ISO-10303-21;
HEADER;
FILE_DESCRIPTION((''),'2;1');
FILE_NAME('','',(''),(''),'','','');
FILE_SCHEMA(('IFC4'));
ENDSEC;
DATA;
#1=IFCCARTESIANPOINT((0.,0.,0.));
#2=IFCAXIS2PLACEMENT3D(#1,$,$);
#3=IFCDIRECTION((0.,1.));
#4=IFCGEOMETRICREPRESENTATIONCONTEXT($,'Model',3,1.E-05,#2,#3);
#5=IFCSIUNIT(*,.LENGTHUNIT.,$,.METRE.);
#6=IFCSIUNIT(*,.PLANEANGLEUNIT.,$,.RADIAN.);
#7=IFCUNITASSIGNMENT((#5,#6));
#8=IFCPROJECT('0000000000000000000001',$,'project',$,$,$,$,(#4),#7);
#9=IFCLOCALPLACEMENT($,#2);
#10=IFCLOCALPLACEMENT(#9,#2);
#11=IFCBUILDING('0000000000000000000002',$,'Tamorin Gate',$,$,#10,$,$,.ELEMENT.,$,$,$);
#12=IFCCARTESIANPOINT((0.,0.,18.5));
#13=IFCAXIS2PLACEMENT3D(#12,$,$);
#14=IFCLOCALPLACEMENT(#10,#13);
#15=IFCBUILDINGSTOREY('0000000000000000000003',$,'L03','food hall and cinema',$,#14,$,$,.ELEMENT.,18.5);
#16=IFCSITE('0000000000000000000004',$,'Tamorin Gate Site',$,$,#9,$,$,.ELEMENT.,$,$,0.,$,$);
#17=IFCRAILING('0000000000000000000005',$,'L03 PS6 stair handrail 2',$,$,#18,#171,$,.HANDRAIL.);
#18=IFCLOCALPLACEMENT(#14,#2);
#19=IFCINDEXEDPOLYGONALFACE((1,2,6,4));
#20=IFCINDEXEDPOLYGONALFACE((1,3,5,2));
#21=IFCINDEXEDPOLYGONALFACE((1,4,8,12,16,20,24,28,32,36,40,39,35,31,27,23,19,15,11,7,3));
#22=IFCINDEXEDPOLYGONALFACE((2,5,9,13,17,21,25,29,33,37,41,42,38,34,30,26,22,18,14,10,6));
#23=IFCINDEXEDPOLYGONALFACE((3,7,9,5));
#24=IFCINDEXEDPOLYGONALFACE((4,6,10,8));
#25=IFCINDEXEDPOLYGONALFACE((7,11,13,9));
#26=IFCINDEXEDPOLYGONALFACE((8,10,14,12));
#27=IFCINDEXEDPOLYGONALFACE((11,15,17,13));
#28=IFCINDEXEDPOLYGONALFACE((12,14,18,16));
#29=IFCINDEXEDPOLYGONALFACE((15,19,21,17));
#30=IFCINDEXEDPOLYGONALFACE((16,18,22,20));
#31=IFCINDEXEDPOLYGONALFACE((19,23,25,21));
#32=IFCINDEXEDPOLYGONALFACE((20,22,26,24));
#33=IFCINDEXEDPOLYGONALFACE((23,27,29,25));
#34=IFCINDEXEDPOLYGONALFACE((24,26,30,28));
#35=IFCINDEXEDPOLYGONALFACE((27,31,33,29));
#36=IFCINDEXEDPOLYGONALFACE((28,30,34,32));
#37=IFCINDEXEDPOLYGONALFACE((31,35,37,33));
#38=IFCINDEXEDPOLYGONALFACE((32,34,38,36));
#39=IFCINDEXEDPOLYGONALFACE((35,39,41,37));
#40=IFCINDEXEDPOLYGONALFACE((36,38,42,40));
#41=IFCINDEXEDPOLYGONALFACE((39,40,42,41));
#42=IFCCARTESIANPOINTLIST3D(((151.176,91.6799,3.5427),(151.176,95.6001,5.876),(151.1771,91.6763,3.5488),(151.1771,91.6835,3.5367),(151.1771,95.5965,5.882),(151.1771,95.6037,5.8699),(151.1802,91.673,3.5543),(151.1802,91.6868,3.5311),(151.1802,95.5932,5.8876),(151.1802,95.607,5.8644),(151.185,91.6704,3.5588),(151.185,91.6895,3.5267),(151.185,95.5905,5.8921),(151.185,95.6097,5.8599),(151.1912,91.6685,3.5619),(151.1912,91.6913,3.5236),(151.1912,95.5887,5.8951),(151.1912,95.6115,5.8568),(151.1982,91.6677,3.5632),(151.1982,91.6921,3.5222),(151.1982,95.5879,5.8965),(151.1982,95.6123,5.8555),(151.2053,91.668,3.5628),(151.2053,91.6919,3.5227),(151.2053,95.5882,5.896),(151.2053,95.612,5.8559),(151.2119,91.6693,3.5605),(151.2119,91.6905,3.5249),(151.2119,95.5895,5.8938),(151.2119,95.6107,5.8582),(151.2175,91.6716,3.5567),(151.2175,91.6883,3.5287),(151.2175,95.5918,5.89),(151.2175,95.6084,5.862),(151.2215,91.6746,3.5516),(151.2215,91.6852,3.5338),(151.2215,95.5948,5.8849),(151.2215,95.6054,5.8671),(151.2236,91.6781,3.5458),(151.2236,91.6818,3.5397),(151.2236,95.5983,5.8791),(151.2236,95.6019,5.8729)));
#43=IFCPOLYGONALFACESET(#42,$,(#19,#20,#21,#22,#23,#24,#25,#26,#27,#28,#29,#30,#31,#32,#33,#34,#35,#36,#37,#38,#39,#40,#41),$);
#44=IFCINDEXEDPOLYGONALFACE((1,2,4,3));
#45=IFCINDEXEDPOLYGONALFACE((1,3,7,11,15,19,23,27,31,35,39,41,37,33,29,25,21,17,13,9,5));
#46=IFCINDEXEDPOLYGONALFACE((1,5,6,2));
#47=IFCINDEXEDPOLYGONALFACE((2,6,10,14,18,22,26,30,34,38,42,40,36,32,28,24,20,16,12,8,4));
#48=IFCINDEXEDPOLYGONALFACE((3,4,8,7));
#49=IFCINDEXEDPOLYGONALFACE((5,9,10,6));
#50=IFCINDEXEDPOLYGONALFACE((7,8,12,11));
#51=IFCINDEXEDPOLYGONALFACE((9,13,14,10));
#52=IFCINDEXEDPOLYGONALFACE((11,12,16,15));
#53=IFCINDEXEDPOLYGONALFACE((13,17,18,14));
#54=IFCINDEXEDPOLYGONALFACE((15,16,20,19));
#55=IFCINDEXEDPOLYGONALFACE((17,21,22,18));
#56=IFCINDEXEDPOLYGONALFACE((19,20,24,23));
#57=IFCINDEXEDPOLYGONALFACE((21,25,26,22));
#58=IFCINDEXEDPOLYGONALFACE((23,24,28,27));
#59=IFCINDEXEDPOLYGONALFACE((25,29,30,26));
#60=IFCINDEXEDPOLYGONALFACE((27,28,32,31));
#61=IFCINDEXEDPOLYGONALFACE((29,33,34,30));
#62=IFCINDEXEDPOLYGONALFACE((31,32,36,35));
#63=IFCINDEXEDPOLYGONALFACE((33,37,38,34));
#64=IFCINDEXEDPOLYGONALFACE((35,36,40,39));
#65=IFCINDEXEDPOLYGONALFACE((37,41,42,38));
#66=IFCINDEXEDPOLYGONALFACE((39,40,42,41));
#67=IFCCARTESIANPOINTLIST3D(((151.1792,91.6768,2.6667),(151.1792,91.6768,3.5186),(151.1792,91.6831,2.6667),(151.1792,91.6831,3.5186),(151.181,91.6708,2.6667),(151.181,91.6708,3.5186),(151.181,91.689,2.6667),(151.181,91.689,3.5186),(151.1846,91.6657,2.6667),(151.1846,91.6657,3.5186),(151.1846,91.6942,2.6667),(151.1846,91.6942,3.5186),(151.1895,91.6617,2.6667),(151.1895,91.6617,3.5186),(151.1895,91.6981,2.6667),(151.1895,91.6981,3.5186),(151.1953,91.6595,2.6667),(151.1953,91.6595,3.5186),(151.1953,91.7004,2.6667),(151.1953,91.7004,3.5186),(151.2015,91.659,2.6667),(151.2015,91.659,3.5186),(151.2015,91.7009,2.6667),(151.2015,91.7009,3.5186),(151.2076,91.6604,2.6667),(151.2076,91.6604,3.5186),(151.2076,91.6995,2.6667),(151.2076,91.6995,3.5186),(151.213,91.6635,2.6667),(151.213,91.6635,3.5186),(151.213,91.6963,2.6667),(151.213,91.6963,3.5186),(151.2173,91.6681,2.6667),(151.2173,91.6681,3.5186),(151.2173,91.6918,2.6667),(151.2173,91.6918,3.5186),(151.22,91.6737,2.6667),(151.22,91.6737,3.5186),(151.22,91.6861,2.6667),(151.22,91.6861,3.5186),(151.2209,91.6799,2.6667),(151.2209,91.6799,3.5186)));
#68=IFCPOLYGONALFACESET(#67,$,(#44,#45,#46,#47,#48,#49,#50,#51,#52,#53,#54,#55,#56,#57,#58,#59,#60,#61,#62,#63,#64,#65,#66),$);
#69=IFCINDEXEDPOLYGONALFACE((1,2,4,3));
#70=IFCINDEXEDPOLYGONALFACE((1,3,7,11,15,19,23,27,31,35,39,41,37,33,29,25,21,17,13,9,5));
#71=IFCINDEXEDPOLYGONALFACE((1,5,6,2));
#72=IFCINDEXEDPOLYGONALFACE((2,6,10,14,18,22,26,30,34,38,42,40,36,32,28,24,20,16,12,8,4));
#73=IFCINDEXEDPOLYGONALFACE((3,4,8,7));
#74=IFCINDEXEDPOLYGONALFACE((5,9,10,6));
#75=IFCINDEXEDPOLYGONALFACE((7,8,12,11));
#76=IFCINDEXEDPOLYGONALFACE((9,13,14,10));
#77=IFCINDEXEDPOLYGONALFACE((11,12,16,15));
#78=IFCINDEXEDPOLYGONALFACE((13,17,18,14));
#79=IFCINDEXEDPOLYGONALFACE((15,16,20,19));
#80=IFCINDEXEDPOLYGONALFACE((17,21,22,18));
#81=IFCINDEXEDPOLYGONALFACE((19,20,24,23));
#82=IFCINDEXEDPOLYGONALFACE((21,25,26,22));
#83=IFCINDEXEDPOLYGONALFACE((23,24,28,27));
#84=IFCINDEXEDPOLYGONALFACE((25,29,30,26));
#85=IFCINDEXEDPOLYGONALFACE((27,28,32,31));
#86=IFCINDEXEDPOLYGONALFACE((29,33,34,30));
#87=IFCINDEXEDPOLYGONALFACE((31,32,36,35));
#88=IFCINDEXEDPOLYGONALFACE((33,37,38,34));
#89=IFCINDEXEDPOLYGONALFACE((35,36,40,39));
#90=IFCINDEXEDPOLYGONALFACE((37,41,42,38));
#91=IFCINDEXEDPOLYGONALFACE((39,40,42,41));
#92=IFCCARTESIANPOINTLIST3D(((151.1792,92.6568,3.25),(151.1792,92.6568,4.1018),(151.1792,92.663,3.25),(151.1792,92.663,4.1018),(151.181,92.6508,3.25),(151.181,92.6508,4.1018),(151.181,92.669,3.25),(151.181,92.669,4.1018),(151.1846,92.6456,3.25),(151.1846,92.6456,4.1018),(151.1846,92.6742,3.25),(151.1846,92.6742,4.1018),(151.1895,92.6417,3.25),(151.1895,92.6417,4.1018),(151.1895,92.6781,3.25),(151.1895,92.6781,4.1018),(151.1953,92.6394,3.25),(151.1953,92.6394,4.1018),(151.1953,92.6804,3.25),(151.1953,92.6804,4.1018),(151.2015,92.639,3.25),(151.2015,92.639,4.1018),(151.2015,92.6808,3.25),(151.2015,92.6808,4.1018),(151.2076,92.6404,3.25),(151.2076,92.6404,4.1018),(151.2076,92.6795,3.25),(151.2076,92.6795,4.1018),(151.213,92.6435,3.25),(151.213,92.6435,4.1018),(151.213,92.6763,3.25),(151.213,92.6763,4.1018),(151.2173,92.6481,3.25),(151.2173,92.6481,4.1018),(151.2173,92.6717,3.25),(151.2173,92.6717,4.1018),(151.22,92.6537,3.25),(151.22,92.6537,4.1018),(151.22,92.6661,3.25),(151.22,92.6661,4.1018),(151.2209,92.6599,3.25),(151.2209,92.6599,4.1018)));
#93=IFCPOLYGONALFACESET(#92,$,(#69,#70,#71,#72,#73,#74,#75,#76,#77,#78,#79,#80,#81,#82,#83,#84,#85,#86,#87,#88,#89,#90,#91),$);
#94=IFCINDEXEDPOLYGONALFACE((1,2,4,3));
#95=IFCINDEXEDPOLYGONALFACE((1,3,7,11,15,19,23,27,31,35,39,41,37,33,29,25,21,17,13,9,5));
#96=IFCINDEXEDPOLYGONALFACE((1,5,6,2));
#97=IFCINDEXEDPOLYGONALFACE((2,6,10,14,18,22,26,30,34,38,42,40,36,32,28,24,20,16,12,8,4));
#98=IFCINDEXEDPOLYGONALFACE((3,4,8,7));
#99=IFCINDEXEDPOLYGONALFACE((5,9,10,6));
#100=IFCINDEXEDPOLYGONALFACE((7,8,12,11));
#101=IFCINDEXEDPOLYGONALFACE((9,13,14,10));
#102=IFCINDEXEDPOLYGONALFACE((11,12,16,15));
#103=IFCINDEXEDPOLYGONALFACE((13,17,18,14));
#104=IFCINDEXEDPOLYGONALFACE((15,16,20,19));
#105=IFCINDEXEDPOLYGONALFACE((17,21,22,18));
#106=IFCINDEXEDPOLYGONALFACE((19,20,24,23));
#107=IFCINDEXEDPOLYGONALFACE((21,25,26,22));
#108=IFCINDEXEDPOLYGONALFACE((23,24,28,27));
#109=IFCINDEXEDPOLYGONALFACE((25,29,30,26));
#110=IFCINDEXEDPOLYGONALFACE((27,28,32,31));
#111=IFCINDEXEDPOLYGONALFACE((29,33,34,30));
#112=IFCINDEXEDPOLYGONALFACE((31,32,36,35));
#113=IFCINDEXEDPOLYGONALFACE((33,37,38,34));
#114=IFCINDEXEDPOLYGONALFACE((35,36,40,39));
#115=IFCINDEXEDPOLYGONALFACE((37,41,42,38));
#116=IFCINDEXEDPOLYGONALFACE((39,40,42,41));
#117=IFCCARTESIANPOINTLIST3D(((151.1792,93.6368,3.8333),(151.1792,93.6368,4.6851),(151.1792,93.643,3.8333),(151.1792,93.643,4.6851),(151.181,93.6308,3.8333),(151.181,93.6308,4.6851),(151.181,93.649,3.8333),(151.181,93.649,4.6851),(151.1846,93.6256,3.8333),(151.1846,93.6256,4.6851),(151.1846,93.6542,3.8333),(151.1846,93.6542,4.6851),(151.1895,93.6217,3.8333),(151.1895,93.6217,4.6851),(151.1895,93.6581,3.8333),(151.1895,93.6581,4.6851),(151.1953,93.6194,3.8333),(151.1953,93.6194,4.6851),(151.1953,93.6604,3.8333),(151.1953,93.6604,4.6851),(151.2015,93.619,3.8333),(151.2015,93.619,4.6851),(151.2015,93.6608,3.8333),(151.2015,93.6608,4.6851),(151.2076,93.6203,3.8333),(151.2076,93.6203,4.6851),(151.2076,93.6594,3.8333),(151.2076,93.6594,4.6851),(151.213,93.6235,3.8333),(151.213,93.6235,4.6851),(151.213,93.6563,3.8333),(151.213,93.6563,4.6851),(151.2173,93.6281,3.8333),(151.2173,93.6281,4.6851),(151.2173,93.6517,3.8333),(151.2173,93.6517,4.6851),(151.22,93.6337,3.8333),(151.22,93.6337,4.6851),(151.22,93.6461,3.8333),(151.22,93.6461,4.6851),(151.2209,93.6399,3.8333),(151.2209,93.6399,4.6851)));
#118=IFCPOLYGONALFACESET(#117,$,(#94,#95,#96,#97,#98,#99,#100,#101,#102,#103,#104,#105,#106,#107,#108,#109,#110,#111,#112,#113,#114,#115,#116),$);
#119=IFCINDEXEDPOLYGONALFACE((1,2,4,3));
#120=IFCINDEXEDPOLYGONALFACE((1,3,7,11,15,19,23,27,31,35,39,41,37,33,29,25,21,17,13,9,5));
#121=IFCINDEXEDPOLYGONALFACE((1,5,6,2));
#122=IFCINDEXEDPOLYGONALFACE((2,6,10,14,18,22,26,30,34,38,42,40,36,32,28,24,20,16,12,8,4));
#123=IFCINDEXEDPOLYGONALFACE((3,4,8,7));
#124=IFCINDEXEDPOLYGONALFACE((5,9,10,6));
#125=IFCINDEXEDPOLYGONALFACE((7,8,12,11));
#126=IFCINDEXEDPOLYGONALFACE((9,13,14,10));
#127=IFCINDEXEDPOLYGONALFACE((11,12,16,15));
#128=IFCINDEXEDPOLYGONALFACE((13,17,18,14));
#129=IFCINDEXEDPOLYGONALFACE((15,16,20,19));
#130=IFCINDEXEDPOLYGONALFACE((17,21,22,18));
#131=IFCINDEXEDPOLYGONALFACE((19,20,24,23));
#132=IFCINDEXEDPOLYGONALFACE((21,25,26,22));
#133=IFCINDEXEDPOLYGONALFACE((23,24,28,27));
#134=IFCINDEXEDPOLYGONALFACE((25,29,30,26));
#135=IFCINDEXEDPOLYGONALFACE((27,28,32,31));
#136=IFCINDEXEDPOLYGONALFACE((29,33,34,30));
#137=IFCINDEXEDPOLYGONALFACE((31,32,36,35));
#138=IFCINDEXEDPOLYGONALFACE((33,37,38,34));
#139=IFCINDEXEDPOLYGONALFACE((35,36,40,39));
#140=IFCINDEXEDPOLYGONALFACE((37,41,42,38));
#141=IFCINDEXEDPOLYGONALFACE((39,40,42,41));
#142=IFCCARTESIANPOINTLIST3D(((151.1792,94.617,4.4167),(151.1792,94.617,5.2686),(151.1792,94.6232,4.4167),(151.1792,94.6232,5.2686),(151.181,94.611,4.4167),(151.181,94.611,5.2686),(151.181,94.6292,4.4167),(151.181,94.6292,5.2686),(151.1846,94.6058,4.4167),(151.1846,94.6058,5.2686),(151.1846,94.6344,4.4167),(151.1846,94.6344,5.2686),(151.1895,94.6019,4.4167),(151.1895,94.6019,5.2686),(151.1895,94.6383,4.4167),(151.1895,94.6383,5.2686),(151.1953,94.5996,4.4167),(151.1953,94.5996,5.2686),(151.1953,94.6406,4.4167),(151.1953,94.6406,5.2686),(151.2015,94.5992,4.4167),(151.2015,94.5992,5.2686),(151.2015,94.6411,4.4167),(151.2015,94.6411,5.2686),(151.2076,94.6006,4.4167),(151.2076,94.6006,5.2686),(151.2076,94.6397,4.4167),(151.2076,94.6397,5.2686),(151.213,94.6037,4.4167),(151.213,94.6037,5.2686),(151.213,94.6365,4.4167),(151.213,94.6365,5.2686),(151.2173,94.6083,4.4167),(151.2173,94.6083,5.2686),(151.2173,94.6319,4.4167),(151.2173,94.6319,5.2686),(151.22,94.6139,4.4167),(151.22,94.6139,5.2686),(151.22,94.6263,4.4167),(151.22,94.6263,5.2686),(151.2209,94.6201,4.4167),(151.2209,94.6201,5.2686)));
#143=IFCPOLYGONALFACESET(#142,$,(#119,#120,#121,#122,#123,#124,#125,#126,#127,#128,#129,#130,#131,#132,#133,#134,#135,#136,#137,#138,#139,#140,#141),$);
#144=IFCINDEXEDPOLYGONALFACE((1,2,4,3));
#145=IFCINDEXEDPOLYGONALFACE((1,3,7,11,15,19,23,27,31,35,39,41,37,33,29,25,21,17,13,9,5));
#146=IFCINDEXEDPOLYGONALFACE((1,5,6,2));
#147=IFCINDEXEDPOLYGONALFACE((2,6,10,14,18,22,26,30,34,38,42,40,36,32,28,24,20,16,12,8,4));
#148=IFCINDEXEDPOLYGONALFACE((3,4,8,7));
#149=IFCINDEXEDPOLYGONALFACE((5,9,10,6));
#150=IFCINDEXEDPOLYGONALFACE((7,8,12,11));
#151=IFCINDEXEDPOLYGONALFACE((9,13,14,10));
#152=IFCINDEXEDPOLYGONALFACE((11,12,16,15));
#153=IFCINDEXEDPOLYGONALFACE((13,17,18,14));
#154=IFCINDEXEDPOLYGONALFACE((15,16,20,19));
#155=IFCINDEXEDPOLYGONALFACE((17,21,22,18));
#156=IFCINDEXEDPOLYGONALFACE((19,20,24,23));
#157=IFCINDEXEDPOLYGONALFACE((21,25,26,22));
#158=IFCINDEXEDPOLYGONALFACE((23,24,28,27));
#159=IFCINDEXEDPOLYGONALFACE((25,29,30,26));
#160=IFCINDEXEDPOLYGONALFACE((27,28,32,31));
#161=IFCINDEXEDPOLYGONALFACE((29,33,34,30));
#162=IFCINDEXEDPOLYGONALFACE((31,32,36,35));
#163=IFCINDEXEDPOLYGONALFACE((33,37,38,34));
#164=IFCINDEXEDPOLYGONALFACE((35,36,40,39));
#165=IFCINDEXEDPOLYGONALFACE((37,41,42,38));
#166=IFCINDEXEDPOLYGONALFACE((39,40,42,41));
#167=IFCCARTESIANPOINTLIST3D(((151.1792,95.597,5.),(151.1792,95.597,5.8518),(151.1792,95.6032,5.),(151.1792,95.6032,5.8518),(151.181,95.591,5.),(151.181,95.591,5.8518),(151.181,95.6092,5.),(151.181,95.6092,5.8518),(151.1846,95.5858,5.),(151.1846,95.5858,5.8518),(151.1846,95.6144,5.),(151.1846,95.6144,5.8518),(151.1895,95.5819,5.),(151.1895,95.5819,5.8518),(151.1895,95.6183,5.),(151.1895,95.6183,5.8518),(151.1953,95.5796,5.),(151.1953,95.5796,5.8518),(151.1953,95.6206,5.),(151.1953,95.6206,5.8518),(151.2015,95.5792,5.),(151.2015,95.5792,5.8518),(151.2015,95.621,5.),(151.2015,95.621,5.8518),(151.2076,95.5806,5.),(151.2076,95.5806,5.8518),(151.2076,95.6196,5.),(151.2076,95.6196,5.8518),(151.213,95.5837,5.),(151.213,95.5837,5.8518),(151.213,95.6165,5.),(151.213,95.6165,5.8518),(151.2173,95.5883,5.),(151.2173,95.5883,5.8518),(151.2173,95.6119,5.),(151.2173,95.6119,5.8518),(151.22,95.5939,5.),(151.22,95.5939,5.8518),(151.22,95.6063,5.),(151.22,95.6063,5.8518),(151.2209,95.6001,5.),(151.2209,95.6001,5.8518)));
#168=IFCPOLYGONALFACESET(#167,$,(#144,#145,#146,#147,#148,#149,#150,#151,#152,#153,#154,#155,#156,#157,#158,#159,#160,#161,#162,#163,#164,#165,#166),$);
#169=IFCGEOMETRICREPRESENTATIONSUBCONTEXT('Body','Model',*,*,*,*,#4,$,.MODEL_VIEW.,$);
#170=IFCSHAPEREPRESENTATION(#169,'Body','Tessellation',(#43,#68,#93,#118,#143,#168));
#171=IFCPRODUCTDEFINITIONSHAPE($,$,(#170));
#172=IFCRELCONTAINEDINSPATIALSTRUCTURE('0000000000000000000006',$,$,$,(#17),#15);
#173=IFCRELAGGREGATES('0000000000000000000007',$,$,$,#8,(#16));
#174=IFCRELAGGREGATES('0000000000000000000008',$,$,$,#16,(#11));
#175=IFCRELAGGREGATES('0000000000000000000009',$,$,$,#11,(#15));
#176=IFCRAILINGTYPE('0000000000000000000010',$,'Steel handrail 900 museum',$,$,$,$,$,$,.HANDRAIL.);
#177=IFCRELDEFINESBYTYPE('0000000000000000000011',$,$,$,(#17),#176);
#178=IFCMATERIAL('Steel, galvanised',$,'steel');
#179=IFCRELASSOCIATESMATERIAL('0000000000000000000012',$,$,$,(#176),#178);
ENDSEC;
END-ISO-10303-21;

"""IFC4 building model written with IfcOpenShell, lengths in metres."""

from ifc_helpers import new_model, si_unit, direction, frame, origin, origin_2d, place, context, subcontext, project, spatial, circle, extrude, material, type_object, element, save


model = new_model("IFC4")

# Units and contexts
model_context = context("Model", 3, precision=1e-05, world=origin(), true_north=direction((0.0, 1.0)))
body_context = subcontext(model_context, "Body", "Model", "MODEL_VIEW")
ifc_project = project(units=[si_unit("LENGTHUNIT", "METRE"), si_unit("PLANEANGLEUNIT", "RADIAN")], contexts=[model_context])

# Site, building, storey
site_placement = place(None, origin())
site = spatial("IfcSite", under=ifc_project, at=site_placement, Name="Tamorin Gate Site", CompositionType="ELEMENT", RefElevation=0.0)
building_placement = place(site_placement, origin())
building = spatial("IfcBuilding", under=site, at=building_placement, Name="Tamorin Gate", CompositionType="ELEMENT")
storey_placement = place(building_placement, frame((0.0, 0.0, 18.5)))
storey = spatial("IfcBuildingStorey", under=building, at=storey_placement, Name="L03", Description="food hall and cinema", CompositionType="ELEMENT", Elevation=18.5)

# Railing
ifc_material_1 = material(Name="Steel, galvanised", Category="steel")
railing_type_1 = type_object("IfcRailingType", Name="Steel handrail 900 museum", PredefinedType="HANDRAIL", material=ifc_material_1)
railing_1_placement = place(storey_placement, frame((151.2, 91.6799, 2.6667)))
element("IfcRailing", 1, at=railing_1_placement, inside=storey, type_object=railing_type_1, Name="L03 PS6 stair handrail 2", PredefinedType="HANDRAIL", context=body_context, shape_type="SweptSolid", body=[
    extrude(circle(Radius=0.0239, at=origin_2d()), frame((0.0, 0.0, 0.876), z_axis=(0.0, 0.85931, 0.511455), x_axis=(-1.0, 0.0, 0.0)), (0.0, 0.0, 1.0), 4.562),
    extrude(circle(Radius=0.021, at=origin_2d()), origin(), (0.0, 0.0, 1.0), 0.8518),
    extrude(circle(Radius=0.021, at=origin_2d()), frame((0.0, 0.98, 0.5833)), (0.0, 0.0, 1.0), 0.8518),
    extrude(circle(Radius=0.021, at=origin_2d()), frame((0.0, 1.96, 1.1665)), (0.0, 0.0, 1.0), 0.8518),
    extrude(circle(Radius=0.021, at=origin_2d()), frame((0.0, 2.9402, 1.75)), (0.0, 0.0, 1.0), 0.8518),
    extrude(circle(Radius=0.021, at=origin_2d()), frame((0.0, 3.9202, 2.3333)), (0.0, 0.0, 1.0), 0.8518),
])

save(model, "model.ifc")
